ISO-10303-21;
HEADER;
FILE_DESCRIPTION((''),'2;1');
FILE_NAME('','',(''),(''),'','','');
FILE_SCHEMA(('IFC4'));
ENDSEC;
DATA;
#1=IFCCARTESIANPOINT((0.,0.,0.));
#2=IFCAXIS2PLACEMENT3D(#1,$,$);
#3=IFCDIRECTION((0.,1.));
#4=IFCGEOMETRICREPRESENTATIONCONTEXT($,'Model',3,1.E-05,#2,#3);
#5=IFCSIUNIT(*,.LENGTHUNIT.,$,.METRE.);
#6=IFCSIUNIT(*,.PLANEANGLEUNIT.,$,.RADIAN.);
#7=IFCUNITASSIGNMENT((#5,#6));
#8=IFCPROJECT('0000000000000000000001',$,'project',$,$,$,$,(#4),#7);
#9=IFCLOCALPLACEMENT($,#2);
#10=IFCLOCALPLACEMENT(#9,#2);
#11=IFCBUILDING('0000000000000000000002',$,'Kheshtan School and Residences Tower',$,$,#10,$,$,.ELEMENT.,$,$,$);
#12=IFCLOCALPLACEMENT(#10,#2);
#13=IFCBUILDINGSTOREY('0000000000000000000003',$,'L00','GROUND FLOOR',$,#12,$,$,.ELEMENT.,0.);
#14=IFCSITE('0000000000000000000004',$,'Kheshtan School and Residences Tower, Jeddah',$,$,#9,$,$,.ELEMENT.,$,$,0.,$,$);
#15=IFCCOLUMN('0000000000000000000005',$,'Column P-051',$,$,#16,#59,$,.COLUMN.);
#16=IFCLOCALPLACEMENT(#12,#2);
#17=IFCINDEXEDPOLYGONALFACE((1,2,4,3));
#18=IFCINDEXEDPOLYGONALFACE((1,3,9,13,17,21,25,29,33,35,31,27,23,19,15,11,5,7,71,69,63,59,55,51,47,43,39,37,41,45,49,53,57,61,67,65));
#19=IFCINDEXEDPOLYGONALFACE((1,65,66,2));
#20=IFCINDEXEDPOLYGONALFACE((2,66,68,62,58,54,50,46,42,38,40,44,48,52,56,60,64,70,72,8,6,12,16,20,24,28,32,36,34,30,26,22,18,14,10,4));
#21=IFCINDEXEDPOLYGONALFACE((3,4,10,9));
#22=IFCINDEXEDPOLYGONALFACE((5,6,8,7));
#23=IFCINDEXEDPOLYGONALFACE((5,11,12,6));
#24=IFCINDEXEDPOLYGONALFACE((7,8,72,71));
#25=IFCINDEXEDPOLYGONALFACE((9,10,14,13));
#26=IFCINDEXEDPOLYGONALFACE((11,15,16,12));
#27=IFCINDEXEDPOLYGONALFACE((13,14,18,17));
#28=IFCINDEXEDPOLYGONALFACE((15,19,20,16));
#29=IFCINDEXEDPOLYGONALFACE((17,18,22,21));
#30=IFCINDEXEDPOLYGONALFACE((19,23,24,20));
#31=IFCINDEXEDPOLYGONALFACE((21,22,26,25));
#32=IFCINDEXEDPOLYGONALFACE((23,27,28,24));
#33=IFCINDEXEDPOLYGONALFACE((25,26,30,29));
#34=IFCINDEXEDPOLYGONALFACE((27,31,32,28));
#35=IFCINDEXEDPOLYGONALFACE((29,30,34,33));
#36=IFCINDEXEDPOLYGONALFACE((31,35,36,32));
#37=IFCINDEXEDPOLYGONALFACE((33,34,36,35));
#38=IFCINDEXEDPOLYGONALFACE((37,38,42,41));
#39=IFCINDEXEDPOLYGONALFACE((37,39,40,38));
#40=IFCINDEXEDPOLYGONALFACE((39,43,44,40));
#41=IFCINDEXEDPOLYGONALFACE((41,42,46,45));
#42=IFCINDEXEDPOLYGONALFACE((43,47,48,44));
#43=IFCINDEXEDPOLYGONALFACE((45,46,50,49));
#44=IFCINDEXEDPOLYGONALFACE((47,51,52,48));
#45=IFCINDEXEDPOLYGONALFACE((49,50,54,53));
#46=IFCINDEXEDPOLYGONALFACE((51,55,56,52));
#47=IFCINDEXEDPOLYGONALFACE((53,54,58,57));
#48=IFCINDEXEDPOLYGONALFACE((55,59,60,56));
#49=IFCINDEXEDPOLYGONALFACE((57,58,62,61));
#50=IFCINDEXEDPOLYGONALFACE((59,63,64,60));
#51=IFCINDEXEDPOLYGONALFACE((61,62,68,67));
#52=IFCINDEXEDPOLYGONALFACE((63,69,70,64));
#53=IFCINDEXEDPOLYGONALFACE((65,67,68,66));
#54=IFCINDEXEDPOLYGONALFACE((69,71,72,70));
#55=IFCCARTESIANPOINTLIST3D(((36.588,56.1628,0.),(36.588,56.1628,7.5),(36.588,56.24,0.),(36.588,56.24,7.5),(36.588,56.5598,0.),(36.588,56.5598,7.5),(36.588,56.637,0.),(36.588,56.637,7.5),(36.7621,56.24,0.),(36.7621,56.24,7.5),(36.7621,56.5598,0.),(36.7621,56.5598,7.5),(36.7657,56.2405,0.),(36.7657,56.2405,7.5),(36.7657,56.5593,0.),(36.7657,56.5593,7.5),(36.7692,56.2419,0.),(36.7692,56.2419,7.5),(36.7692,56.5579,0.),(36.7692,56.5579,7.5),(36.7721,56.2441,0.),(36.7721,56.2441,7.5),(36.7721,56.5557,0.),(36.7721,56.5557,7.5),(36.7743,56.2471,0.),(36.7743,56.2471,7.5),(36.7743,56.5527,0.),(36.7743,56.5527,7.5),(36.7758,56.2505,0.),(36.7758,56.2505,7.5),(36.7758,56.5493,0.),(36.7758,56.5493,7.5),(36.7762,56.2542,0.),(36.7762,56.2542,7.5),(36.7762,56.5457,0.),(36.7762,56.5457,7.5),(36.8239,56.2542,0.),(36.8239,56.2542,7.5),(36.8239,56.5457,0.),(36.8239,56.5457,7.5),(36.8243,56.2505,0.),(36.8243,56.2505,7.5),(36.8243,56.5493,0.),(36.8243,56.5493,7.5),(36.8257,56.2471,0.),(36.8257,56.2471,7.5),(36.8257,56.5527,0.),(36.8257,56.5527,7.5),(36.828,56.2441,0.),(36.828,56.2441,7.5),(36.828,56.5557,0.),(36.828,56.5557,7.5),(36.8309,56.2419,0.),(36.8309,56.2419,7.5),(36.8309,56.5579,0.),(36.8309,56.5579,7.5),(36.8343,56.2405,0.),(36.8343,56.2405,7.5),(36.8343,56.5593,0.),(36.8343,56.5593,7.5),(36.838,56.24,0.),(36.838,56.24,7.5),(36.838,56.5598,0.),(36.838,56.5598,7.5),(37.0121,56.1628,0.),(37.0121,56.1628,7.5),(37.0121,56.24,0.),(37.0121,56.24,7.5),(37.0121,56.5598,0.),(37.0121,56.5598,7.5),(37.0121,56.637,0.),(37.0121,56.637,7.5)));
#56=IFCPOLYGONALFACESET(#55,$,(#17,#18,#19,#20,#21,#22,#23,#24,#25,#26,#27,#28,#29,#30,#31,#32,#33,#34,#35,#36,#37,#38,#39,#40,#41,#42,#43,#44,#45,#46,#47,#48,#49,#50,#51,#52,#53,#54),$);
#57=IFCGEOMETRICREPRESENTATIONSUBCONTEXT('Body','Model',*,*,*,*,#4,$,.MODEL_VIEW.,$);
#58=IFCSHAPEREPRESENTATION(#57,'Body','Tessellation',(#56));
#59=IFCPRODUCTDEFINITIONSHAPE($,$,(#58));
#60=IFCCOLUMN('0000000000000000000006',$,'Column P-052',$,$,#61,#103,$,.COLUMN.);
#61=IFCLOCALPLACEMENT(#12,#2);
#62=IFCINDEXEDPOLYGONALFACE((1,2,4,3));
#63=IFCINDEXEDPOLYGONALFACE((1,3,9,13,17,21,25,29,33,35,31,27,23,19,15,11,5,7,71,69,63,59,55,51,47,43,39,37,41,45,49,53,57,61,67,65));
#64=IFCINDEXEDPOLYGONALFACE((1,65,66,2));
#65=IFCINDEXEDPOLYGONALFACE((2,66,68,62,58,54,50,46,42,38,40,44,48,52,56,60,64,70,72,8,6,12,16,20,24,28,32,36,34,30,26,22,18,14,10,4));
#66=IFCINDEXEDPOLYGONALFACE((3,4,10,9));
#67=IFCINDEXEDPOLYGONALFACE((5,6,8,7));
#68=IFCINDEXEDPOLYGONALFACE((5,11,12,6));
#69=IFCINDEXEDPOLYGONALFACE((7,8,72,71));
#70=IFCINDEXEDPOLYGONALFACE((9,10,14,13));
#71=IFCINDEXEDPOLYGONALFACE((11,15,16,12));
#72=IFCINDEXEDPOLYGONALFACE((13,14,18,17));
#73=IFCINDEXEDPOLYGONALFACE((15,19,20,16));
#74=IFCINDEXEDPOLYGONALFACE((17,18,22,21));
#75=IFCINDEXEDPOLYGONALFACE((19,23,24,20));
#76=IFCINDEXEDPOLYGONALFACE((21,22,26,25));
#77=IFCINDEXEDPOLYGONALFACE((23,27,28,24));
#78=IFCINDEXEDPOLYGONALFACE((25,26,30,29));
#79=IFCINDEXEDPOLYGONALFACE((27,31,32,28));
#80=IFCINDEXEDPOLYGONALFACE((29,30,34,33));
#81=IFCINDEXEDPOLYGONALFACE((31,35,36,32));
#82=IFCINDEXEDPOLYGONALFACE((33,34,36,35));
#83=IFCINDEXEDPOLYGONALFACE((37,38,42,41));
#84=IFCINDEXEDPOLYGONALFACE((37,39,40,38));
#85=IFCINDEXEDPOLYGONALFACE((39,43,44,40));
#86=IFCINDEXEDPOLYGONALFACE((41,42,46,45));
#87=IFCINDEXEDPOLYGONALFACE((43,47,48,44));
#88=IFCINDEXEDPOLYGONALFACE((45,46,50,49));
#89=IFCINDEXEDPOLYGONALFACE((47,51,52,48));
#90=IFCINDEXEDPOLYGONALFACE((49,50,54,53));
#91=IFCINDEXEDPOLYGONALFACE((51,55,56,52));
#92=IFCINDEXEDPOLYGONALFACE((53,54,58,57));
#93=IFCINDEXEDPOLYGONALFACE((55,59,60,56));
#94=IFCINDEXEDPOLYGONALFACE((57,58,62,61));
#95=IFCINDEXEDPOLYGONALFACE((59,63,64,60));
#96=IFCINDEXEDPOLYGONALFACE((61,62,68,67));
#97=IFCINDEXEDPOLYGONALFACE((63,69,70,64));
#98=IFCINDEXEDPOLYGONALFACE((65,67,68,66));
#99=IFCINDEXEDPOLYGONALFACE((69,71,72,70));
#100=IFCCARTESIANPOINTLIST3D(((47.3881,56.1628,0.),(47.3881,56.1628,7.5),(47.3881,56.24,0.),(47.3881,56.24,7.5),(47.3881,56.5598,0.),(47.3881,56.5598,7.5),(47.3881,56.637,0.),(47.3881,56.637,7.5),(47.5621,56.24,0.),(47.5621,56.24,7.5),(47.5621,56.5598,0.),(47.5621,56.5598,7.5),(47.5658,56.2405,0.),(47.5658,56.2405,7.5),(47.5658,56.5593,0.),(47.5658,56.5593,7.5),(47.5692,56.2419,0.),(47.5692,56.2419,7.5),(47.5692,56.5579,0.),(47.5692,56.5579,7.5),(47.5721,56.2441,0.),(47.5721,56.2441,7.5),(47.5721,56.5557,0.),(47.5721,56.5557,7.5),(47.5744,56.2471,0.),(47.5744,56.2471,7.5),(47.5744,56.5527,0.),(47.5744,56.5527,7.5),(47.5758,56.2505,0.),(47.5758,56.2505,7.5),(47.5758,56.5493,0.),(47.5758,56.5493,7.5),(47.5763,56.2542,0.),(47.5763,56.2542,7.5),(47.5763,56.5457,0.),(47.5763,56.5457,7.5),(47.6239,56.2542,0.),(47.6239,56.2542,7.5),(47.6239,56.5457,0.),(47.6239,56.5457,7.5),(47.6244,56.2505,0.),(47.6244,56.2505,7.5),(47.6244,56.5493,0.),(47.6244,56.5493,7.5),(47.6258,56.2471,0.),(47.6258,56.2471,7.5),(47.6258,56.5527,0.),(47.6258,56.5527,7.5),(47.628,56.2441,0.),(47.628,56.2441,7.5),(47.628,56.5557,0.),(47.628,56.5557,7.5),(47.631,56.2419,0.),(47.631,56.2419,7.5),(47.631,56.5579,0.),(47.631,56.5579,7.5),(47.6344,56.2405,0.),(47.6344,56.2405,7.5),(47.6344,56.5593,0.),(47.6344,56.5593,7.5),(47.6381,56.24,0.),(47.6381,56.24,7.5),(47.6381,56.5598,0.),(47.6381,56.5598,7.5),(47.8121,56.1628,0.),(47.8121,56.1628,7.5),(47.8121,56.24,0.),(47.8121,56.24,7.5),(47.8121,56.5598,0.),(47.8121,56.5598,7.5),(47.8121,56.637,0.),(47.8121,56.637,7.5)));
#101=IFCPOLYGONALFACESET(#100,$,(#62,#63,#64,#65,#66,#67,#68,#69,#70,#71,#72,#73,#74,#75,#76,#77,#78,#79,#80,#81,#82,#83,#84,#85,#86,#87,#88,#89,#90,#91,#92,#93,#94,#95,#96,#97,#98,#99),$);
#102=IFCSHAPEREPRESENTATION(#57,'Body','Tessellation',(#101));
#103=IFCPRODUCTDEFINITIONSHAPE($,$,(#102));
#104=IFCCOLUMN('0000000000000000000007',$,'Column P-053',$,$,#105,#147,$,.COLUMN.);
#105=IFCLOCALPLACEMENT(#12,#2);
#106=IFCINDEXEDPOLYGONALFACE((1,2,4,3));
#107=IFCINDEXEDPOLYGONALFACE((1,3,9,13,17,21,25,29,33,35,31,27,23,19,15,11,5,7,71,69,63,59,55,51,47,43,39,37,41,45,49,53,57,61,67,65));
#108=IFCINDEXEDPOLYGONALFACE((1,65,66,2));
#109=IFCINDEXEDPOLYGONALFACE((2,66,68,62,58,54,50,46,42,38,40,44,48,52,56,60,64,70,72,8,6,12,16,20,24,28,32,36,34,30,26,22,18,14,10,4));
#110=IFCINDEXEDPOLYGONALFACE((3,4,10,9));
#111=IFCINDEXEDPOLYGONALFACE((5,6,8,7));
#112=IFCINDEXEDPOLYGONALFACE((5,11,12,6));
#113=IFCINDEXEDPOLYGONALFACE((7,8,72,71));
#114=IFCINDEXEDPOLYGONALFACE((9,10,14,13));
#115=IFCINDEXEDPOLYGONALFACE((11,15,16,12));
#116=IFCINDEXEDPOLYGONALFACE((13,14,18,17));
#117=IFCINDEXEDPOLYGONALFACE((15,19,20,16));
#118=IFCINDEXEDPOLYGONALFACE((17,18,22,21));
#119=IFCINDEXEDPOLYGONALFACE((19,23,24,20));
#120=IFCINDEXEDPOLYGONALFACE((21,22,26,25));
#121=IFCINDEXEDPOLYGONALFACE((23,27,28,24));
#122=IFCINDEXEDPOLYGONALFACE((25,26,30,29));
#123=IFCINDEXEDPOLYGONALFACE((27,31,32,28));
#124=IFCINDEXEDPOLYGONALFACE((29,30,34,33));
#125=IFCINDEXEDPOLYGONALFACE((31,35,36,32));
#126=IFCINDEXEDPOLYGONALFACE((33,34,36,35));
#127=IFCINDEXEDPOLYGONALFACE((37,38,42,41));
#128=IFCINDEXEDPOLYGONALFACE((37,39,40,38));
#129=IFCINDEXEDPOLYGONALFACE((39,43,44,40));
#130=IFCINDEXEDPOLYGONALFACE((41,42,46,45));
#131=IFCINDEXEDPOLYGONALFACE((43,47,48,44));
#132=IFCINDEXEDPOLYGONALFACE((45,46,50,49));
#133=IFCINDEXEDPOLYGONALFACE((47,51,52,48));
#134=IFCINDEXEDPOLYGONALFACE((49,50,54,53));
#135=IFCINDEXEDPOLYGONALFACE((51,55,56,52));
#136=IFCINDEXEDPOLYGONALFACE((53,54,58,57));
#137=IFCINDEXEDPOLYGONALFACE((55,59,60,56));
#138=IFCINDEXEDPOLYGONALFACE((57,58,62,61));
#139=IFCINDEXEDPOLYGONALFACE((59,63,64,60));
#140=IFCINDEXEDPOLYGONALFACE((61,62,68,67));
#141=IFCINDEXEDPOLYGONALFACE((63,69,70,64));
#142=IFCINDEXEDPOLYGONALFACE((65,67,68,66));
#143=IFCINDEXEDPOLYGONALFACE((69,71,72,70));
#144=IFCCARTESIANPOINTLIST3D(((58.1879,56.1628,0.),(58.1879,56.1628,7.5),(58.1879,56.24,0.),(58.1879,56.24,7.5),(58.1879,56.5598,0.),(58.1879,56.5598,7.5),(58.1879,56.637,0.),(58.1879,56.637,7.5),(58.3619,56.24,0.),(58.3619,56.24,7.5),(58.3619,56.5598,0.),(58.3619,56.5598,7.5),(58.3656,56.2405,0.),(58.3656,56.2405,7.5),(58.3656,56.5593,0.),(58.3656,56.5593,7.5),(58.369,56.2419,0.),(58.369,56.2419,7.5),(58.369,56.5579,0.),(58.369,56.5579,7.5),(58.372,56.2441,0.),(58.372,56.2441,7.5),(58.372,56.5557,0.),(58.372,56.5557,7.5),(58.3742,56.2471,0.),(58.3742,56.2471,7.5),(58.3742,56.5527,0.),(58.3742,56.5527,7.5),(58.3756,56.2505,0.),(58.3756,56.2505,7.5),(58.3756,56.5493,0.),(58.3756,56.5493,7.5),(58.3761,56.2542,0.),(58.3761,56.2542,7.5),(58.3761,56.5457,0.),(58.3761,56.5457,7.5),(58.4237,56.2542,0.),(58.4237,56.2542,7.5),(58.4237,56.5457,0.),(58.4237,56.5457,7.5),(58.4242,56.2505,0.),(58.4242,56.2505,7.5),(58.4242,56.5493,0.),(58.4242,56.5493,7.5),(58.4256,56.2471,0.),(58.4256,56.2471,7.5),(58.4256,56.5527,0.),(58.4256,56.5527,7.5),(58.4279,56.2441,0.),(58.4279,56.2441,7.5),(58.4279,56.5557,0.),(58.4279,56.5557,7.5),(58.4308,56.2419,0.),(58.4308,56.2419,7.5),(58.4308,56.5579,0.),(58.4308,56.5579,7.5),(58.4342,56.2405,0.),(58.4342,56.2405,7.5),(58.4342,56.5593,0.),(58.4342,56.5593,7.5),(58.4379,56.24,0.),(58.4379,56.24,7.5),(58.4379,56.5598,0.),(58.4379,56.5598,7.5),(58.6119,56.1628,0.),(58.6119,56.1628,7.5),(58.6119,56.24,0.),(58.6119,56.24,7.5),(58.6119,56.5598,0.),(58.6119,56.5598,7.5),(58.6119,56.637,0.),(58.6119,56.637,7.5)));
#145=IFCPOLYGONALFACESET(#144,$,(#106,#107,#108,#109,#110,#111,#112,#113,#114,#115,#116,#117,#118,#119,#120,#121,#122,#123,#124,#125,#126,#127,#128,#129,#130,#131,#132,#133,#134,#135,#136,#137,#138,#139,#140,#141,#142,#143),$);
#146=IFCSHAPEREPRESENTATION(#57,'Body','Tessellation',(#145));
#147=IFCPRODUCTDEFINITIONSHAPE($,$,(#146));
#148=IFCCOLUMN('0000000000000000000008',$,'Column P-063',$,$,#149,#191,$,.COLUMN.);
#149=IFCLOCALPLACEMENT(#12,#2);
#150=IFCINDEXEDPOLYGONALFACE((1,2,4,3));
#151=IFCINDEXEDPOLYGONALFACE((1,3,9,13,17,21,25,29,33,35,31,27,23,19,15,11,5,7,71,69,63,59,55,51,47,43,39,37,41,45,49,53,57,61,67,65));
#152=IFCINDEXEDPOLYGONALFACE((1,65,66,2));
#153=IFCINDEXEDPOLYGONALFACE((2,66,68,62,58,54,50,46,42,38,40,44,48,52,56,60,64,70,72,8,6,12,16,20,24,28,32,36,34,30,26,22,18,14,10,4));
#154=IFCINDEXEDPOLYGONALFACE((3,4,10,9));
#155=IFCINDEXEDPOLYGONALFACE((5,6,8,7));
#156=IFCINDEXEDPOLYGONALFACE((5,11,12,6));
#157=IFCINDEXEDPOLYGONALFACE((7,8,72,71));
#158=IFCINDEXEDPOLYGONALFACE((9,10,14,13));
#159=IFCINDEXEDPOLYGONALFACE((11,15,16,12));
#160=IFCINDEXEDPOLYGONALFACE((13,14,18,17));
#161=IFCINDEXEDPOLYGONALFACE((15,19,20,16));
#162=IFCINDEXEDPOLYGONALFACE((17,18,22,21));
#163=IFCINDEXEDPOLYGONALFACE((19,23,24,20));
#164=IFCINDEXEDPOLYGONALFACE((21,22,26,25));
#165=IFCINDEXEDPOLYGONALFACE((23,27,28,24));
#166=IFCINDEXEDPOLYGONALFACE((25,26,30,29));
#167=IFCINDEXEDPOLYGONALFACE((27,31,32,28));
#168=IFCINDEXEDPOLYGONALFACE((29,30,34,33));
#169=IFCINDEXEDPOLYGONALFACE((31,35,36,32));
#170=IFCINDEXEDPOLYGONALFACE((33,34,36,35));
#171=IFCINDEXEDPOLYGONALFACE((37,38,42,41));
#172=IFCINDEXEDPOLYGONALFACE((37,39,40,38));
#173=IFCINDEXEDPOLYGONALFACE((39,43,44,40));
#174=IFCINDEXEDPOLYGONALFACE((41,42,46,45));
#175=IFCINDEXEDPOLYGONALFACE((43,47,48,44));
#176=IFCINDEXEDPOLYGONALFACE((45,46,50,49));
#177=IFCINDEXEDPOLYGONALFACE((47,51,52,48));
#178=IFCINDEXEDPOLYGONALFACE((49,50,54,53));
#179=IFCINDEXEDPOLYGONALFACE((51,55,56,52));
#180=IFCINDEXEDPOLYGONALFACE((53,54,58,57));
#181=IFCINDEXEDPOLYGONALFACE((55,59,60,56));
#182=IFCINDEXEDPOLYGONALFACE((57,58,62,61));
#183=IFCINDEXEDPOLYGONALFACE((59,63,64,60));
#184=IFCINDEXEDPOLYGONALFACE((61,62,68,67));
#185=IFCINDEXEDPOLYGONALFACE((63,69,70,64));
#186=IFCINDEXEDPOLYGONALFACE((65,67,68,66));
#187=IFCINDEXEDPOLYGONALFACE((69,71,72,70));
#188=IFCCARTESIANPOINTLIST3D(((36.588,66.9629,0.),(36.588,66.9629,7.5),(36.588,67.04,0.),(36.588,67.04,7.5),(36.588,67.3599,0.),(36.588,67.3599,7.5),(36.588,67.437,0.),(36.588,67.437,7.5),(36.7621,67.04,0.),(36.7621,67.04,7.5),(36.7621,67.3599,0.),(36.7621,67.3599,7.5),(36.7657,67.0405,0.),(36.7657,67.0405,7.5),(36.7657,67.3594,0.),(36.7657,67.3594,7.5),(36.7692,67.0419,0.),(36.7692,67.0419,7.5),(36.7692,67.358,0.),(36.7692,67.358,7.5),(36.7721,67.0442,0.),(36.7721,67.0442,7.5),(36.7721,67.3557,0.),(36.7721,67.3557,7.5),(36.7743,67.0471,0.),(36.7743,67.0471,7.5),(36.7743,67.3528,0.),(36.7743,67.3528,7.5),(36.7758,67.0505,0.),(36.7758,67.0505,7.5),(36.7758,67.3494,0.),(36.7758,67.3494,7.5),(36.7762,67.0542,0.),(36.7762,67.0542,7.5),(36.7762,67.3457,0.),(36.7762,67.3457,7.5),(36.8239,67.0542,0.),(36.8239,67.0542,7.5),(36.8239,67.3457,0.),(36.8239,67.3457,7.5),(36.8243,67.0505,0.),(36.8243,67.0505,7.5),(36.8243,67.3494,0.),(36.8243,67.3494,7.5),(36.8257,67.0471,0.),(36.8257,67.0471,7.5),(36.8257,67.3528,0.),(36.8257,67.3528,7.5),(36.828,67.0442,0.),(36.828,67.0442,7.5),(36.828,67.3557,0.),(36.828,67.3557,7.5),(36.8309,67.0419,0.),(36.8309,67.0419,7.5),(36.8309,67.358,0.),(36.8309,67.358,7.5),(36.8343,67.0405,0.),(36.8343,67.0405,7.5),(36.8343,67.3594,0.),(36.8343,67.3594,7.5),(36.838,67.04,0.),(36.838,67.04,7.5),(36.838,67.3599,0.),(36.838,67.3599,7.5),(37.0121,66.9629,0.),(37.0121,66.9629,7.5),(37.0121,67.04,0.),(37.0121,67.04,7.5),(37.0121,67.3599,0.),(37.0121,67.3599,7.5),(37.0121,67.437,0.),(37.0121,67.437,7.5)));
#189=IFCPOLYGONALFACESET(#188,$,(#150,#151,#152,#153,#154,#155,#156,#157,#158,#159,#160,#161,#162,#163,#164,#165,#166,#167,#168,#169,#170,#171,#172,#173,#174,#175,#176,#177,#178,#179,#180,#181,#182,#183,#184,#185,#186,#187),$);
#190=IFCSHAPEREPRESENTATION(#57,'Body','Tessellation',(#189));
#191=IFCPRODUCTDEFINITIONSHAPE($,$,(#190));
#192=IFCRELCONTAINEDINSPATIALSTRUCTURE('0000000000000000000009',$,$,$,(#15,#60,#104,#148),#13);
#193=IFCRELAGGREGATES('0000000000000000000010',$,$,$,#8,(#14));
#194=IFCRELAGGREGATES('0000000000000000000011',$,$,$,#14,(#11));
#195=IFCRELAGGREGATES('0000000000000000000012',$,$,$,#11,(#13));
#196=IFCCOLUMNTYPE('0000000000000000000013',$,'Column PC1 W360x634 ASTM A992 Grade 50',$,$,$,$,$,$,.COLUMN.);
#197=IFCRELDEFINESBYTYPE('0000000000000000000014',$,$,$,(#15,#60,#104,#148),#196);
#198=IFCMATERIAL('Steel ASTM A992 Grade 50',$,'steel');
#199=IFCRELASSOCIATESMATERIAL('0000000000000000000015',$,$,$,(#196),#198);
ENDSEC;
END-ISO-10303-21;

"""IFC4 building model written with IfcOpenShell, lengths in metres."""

from ifc_helpers import new_model, si_unit, direction, frame, origin, origin_2d, place, context, subcontext, project, spatial, i_section, extrude, material, material_profile, profile_set, type_object, element, save


model = new_model("IFC4")

# Units and contexts
model_context = context("Model", 3, precision=1e-05, world=origin(), true_north=direction((0.0, 1.0)))
body_context = subcontext(model_context, "Body", "Model", "MODEL_VIEW")
ifc_project = project(units=[si_unit("LENGTHUNIT", "METRE"), si_unit("PLANEANGLEUNIT", "RADIAN")], contexts=[model_context])

# Site, building, storey
site_placement = place(None, origin())
site = spatial("IfcSite", under=ifc_project, at=site_placement, Name="Kheshtan School and Residences Tower, Jeddah", CompositionType="ELEMENT", RefElevation=0.0)
building_placement = place(site_placement, origin())
building = spatial("IfcBuilding", under=site, at=building_placement, Name="Kheshtan School and Residences Tower", CompositionType="ELEMENT")
storey_placement = place(building_placement, origin())
storey = spatial("IfcBuildingStorey", under=building, at=storey_placement, Name="L00", Description="GROUND FLOOR", CompositionType="ELEMENT", Elevation=0.0)

# Columns
ifc_material_1 = material(Name="Steel ASTM A992 Grade 50", Category="steel")
ifc_material_profile_1 = material_profile(ifc_material_1, i_section(OverallWidth=0.4241, OverallDepth=0.4741, WebThickness=0.0476, FlangeThickness=0.0771, FilletRadius=0.0142, at=origin_2d()), Name="W360x634")
ifc_profile_set_1 = profile_set([ifc_material_profile_1], Name="Steel ASTM A992 Grade 50")
column_type = type_object("IfcColumnType", Name="Column PC1 W360x634 ASTM A992 Grade 50", PredefinedType="COLUMN", material=ifc_profile_set_1)
for number, where, z_axis, x_axis, name in (
    (1, (36.8, 56.3999, 0.0), (0.0, 0.0, 1.0), (1.0, 0.0, 0.0), "Column P-051"),
    (2, (47.6001, 56.3999, 0.0), (0.0, 0.0, 1.0), (1.0, 0.0, 0.0), "Column P-052"),
    (3, (58.3999, 56.3999, 0.0), (0.0, 0.0, 1.0), (1.0, 0.0, 0.0), "Column P-053"),
    (4, (36.8, 67.2, 0.0), (0.0, 0.0, 1.0), (1.0, 0.0, 0.0), "Column P-063"),
):
    element("IfcColumn", number, at=place(storey_placement, frame(where, z_axis=z_axis, x_axis=x_axis)), inside=storey, type_object=column_type, Name=name, PredefinedType="COLUMN", context=body_context, shape_type="SweptSolid", body=[
        extrude(i_section(OverallWidth=0.4241, OverallDepth=0.4741, WebThickness=0.0476, FlangeThickness=0.0771, FilletRadius=0.0142, at=origin_2d()), origin(), (0.0, 0.0, 1.0), 7.5),
    ])

save(model, "model.ifc")
